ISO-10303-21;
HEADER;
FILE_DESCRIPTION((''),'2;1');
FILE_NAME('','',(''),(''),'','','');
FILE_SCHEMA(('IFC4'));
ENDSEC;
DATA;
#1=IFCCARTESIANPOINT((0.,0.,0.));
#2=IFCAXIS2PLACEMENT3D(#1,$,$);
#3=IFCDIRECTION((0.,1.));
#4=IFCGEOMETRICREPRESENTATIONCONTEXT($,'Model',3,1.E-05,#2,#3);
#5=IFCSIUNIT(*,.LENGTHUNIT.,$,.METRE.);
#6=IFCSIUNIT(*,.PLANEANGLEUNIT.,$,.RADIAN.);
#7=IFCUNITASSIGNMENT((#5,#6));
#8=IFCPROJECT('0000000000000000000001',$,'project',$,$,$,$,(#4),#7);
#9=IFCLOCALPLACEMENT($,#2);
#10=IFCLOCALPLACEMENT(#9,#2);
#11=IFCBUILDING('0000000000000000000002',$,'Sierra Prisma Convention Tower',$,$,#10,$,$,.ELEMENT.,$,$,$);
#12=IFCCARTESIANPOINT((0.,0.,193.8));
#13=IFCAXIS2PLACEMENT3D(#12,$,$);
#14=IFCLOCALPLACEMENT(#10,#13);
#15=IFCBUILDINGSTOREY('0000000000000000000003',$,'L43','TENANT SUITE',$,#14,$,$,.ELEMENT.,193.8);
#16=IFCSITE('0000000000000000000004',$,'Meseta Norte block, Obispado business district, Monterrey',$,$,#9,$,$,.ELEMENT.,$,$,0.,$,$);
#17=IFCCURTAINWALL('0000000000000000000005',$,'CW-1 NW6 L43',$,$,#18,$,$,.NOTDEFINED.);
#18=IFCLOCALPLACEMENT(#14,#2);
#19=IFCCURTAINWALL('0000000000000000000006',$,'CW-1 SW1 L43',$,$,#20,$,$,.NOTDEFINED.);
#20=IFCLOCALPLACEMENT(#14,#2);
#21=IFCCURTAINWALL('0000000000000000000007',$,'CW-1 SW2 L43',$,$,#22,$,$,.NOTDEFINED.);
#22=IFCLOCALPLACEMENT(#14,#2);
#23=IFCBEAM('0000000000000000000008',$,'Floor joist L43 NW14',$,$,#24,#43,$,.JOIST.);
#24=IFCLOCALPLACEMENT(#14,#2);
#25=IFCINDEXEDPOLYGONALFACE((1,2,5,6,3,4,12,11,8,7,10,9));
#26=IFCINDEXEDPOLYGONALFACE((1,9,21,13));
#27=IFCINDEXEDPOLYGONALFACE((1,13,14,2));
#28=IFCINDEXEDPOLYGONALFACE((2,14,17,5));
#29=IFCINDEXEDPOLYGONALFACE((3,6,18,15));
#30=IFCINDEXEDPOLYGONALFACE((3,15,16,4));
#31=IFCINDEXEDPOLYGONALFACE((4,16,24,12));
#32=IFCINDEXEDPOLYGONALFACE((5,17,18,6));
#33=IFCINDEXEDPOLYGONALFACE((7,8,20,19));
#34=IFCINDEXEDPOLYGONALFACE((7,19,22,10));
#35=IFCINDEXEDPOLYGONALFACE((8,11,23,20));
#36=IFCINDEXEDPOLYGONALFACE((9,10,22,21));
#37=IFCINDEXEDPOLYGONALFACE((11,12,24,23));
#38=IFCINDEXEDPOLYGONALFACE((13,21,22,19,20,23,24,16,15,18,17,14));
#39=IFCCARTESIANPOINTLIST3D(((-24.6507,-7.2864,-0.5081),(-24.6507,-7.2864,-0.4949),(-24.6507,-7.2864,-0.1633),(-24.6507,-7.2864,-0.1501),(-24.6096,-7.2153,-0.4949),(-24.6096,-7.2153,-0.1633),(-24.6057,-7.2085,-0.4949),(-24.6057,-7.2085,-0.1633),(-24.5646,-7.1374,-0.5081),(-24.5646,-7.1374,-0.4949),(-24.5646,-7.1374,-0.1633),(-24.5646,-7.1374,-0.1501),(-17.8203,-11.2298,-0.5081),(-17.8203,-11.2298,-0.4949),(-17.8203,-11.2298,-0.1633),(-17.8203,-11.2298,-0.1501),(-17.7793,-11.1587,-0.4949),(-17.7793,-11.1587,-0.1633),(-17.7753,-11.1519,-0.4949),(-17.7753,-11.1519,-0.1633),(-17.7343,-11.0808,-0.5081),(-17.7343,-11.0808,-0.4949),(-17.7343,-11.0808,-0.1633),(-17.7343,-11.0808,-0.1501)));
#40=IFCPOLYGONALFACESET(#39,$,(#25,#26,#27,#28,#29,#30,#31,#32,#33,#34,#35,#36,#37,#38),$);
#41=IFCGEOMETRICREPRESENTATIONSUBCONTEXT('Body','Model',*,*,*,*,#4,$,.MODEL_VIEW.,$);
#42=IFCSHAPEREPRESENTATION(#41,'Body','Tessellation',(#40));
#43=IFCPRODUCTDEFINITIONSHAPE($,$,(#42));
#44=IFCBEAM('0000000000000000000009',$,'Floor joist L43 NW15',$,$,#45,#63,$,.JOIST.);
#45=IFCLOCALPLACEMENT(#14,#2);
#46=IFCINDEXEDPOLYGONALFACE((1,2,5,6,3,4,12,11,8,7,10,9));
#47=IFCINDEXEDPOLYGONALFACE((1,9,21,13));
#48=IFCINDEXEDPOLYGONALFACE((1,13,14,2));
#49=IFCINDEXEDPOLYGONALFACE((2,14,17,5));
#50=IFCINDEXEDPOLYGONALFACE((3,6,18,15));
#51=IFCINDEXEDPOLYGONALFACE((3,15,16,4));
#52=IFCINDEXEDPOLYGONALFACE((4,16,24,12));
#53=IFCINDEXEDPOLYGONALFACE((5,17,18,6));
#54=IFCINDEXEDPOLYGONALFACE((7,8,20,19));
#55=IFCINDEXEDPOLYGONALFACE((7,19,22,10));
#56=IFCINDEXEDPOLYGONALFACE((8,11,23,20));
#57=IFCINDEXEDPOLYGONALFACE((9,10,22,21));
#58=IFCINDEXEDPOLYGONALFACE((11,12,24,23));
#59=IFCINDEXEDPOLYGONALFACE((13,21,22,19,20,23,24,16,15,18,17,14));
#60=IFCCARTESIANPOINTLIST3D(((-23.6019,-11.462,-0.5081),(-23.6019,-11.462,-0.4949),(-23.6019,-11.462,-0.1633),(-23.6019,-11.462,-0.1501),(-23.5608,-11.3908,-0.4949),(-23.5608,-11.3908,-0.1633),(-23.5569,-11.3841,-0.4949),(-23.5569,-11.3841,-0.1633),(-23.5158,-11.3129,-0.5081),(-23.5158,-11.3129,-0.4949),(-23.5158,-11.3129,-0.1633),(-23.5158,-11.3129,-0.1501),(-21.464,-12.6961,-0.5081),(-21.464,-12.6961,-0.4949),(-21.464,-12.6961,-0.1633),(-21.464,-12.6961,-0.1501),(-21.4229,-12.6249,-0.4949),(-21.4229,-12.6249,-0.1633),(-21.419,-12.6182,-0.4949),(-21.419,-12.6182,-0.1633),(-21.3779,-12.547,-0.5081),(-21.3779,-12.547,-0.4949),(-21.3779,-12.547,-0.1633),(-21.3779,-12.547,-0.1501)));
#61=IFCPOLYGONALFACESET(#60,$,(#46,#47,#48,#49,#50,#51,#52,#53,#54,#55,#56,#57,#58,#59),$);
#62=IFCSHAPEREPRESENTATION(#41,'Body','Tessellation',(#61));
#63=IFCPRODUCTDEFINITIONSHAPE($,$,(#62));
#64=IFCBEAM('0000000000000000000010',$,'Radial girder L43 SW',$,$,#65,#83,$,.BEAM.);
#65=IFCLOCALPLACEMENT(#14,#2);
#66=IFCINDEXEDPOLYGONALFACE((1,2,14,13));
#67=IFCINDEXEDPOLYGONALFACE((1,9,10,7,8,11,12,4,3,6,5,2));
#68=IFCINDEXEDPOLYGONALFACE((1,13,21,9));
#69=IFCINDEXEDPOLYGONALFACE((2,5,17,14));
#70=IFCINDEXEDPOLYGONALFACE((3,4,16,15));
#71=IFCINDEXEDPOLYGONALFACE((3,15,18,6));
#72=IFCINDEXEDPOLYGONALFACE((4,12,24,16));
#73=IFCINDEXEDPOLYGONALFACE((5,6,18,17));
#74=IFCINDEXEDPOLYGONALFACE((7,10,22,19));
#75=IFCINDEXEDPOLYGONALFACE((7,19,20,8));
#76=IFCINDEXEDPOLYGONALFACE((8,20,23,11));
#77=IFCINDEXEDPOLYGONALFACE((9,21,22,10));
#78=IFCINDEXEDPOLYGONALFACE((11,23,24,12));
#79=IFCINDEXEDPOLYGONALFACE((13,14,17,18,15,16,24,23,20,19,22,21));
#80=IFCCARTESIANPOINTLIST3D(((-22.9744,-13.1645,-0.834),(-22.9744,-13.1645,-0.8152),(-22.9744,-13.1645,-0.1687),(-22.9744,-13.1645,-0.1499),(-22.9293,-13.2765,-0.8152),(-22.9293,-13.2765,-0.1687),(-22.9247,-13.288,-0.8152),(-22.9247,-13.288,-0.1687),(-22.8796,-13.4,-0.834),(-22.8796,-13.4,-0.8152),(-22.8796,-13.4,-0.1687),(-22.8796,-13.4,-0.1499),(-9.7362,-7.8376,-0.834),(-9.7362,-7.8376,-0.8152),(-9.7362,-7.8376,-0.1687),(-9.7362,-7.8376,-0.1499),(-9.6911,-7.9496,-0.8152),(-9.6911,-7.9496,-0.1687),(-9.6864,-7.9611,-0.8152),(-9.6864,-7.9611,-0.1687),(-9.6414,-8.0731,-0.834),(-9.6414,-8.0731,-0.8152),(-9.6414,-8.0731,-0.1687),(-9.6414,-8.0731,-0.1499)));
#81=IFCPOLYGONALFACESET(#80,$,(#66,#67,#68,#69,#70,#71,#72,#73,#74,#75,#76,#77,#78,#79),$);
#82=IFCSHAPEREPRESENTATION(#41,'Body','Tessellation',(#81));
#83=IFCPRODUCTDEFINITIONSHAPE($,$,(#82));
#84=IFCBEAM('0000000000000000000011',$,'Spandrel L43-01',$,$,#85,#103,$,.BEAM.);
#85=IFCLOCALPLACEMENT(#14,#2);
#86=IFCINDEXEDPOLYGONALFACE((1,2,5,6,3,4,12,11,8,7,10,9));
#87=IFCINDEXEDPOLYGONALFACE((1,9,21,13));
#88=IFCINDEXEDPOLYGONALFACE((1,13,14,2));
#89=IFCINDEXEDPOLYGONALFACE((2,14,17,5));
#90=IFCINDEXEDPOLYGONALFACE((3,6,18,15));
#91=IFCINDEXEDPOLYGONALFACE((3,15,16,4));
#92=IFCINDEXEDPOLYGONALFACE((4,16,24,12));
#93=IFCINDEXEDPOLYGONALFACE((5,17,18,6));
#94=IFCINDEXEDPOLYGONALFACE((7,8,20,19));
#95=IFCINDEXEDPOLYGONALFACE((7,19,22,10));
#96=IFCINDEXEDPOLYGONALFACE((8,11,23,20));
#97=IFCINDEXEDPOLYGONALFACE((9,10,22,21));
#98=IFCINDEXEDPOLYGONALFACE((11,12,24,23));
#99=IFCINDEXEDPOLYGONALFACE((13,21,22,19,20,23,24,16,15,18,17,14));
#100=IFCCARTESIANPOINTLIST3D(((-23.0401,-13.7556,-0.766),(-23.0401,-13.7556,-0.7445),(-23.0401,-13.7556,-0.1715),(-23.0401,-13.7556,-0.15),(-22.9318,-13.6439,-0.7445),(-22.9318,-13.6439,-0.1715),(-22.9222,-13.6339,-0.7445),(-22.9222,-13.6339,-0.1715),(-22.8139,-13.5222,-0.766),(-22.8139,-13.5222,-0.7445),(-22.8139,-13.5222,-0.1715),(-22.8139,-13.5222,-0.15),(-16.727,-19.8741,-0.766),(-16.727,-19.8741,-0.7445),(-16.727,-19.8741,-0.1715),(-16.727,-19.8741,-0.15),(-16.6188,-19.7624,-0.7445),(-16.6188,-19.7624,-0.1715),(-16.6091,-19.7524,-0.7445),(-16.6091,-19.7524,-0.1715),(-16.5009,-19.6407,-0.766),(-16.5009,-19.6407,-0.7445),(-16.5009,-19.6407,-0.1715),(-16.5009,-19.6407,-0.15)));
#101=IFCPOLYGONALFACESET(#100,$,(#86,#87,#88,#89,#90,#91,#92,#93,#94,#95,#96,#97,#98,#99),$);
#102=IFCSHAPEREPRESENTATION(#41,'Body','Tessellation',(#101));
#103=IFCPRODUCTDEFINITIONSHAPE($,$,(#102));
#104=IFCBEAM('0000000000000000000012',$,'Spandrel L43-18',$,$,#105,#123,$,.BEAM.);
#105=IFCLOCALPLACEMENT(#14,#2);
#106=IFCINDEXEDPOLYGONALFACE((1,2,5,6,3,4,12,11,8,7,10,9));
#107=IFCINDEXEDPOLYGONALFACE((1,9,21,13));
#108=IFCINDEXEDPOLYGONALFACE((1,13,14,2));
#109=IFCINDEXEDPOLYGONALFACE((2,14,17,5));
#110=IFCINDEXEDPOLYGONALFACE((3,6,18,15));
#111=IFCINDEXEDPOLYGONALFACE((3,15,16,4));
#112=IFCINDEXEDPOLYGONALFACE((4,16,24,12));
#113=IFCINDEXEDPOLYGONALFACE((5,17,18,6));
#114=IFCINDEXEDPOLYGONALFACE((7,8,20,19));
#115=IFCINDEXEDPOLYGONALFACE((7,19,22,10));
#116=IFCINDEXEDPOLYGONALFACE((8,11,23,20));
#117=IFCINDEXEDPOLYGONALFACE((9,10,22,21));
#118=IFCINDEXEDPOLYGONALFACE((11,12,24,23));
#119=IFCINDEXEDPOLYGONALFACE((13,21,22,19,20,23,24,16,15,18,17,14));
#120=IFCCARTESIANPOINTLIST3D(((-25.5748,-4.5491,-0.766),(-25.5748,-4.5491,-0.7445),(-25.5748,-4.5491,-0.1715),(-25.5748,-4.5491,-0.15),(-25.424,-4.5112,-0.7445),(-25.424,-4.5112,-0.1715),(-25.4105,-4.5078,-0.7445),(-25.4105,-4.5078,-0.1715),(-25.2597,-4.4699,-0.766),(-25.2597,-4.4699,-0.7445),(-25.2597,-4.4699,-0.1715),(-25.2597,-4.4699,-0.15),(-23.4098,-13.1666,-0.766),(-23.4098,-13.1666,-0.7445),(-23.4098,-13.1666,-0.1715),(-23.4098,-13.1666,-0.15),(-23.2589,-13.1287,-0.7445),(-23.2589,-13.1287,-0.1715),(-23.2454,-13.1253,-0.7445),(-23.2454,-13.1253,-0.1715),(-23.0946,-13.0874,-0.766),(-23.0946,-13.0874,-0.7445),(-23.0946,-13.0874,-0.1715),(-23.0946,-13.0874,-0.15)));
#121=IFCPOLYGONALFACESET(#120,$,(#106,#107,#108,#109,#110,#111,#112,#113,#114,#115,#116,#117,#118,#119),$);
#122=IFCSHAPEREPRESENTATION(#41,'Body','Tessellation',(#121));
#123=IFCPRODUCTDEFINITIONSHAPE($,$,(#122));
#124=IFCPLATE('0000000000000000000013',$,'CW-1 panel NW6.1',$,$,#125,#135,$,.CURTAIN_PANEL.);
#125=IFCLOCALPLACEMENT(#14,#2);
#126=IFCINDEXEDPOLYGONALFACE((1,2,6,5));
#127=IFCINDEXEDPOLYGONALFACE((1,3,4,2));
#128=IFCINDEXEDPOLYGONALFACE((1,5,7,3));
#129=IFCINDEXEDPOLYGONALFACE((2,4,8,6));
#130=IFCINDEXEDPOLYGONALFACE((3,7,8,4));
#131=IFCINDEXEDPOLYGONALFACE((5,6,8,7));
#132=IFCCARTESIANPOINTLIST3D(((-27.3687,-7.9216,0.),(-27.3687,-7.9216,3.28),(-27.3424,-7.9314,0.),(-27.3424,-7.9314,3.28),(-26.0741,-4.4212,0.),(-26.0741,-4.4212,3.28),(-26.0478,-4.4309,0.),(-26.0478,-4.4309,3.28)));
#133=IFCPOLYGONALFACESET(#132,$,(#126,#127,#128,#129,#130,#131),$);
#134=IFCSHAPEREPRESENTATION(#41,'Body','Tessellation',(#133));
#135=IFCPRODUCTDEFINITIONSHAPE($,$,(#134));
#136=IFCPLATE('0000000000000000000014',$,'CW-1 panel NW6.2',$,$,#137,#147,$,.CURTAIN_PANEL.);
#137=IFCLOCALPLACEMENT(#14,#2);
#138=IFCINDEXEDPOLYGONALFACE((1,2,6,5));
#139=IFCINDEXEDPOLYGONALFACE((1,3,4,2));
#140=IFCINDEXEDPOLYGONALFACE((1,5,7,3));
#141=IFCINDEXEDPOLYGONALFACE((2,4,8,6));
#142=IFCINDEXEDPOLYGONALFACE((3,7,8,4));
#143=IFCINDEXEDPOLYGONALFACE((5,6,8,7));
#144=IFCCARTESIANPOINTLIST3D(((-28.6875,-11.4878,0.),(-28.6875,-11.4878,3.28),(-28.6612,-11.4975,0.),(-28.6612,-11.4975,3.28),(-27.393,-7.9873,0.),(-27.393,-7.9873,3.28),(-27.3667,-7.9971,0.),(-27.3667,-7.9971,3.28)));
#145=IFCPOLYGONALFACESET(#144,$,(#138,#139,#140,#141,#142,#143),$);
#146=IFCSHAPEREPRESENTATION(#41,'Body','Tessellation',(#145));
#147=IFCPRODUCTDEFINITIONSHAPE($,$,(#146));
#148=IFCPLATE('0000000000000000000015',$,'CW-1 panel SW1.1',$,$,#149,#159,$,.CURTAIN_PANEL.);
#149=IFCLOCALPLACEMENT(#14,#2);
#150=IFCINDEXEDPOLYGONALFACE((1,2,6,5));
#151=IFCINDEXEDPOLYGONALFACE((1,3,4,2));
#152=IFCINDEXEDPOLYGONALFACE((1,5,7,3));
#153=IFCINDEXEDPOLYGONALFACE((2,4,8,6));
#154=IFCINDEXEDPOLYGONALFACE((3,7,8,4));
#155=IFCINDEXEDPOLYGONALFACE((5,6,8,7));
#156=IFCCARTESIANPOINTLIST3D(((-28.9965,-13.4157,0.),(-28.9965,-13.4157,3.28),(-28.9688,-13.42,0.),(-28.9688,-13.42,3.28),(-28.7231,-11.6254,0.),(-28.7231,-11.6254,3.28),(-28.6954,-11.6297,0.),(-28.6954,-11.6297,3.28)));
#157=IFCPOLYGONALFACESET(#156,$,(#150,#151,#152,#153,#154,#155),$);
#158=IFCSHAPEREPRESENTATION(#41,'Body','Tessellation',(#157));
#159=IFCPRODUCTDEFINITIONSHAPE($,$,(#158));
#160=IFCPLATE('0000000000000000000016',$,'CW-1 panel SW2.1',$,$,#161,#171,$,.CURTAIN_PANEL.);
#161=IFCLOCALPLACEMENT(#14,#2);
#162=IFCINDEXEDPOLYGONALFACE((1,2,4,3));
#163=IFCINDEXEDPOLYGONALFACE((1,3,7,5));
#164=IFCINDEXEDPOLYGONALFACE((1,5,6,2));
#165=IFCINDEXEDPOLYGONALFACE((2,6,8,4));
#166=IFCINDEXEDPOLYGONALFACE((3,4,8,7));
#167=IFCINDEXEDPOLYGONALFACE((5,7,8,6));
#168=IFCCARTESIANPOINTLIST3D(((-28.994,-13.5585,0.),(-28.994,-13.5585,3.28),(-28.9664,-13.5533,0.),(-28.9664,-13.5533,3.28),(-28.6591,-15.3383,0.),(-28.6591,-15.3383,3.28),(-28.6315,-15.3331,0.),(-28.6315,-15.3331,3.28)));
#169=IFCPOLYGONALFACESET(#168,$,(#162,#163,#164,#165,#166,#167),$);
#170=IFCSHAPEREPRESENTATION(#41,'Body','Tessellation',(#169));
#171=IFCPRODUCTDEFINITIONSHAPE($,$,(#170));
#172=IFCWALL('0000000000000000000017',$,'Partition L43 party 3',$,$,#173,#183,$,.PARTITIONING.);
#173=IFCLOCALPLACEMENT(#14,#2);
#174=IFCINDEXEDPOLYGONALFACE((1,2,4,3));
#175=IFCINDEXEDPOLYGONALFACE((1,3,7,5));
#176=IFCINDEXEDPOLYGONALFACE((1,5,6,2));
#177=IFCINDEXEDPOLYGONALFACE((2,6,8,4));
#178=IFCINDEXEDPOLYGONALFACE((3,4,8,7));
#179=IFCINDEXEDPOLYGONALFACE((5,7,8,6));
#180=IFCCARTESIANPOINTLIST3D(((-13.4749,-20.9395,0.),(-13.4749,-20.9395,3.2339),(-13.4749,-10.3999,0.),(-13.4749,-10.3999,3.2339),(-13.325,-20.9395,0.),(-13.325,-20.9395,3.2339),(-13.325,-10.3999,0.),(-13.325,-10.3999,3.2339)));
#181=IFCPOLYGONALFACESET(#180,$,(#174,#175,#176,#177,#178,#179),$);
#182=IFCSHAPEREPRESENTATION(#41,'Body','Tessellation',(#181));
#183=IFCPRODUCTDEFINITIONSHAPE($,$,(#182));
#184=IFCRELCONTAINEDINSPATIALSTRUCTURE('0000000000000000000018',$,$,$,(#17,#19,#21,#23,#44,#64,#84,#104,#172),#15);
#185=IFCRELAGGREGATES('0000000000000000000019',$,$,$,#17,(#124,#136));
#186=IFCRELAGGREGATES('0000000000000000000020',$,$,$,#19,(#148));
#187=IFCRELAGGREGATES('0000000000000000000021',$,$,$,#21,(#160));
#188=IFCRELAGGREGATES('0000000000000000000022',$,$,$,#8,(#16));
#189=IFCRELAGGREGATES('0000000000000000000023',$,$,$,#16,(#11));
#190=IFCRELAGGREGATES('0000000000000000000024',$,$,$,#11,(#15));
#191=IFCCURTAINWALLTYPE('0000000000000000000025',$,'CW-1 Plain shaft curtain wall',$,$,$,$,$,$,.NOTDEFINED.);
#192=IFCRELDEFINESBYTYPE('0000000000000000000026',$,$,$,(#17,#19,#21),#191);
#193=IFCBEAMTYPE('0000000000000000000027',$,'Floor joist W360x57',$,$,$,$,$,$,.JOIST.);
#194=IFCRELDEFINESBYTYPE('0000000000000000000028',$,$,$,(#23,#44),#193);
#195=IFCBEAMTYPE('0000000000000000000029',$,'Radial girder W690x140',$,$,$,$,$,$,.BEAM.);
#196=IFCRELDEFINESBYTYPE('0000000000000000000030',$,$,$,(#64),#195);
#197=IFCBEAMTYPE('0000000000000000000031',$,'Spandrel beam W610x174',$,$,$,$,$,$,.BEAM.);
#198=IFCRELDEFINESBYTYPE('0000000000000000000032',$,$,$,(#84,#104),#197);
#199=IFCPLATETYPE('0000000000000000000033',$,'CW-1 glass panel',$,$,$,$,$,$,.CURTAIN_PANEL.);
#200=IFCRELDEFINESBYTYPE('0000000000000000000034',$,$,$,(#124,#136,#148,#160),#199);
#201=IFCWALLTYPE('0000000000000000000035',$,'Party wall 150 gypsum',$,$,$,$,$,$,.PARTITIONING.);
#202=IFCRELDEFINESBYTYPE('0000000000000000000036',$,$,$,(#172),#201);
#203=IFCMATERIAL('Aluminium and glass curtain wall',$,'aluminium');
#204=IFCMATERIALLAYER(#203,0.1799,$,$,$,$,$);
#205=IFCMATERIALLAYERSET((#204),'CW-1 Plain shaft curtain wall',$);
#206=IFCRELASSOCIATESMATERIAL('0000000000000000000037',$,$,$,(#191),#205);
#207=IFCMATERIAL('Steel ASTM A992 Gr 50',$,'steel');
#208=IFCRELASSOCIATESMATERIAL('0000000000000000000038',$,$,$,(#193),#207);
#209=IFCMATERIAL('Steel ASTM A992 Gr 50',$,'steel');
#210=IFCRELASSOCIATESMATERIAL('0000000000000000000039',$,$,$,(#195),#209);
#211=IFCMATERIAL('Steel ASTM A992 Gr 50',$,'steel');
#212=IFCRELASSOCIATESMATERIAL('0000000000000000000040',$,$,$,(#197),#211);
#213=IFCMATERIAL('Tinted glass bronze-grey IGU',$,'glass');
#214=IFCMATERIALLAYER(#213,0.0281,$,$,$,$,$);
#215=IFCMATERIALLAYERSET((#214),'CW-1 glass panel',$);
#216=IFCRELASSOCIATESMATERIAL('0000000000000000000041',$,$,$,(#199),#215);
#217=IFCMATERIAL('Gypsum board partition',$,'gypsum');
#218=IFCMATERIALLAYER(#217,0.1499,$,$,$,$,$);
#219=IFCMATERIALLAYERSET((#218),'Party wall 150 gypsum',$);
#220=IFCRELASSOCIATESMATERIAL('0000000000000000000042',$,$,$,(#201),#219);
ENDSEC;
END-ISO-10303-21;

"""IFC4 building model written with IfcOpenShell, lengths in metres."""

from ifc_helpers import new_model, si_unit, direction, frame, frame_2d, origin, origin_2d, place, context, subcontext, project, spatial, rectangle, i_section, extrude, material, layer, layer_set, material_profile, profile_set, type_object, element, aggregate, save


model = new_model("IFC4")

# Units and contexts
model_context = context("Model", 3, precision=1e-05, world=origin(), true_north=direction((0.0, 1.0)))
body_context = subcontext(model_context, "Body", "Model", "MODEL_VIEW")
ifc_project = project(units=[si_unit("LENGTHUNIT", "METRE"), si_unit("PLANEANGLEUNIT", "RADIAN")], contexts=[model_context])

# Site, building, storey
site_placement = place(None, origin())
site = spatial("IfcSite", under=ifc_project, at=site_placement, Name="Meseta Norte block, Obispado business district, Monterrey", CompositionType="ELEMENT", RefElevation=0.0)
building_placement = place(site_placement, origin())
building = spatial("IfcBuilding", under=site, at=building_placement, Name="Sierra Prisma Convention Tower", CompositionType="ELEMENT")
storey_placement = place(building_placement, frame((0.0, 0.0, 193.8)))
storey = spatial("IfcBuildingStorey", under=building, at=storey_placement, Name="L43", Description="TENANT SUITE", CompositionType="ELEMENT", Elevation=193.8)

# Curtain walls
ifc_material_1 = material(Name="Aluminium and glass curtain wall", Category="aluminium")
ifc_layer_1 = layer(ifc_material_1, 0.1799)
ifc_layer_set_1 = layer_set([ifc_layer_1], Name="CW-1 Plain shaft curtain wall")
curtain_wall_type = type_object("IfcCurtainWallType", Name="CW-1 Plain shaft curtain wall", PredefinedType="NOTDEFINED", material=ifc_layer_set_1)
curtain_wall_1_placement = place(storey_placement, origin())
curtain_wall_1 = element("IfcCurtainWall", 1, at=curtain_wall_1_placement, inside=storey, type_object=curtain_wall_type, Name="CW-1 NW6 L43", PredefinedType="NOTDEFINED")
curtain_wall_2_placement = place(storey_placement, origin())
curtain_wall_2 = element("IfcCurtainWall", 2, at=curtain_wall_2_placement, inside=storey, type_object=curtain_wall_type, Name="CW-1 SW1 L43", PredefinedType="NOTDEFINED")
curtain_wall_3_placement = place(storey_placement, origin())
curtain_wall_3 = element("IfcCurtainWall", 3, at=curtain_wall_3_placement, inside=storey, type_object=curtain_wall_type, Name="CW-1 SW2 L43", PredefinedType="NOTDEFINED")

# Beams
ifc_material_2 = material(Name="Steel ASTM A992 Gr 50", Category="steel")
ifc_material_profile_1 = material_profile(ifc_material_2, i_section(OverallWidth=0.1721, OverallDepth=0.3579, WebThickness=0.0078, FlangeThickness=0.0132, at=origin_2d()), Name="W360x57")
ifc_profile_set_1 = profile_set([ifc_material_profile_1], Name="Steel ASTM A992 Gr 50")
beam_type_1 = type_object("IfcBeamType", Name="Floor joist W360x57", PredefinedType="JOIST", material=ifc_profile_set_1)
beam_1_placement = place(storey_placement, frame((-24.6077, -7.2119, -0.3291), z_axis=(0.866032, -0.499988, 0.0), x_axis=(0.499988, 0.866032, 0.0)))
element("IfcBeam", 4, at=beam_1_placement, inside=storey, type_object=beam_type_1, Name="Floor joist L43 NW14", PredefinedType="JOIST", context=body_context, shape_type="SweptSolid", body=[
    extrude(i_section(OverallWidth=0.1721, OverallDepth=0.3579, WebThickness=0.0078, FlangeThickness=0.0132, at=origin_2d()), origin(), (0.0, 0.0, 1.0), 7.887),
])
beam_2_placement = place(storey_placement, frame((-23.5588, -11.3875, -0.3291), z_axis=(0.866062, -0.499936, 0.0), x_axis=(0.499936, 0.866062, 0.0)))
element("IfcBeam", 5, at=beam_2_placement, inside=storey, type_object=beam_type_1, Name="Floor joist L43 NW15", PredefinedType="JOIST", context=body_context, shape_type="SweptSolid", body=[
    extrude(i_section(OverallWidth=0.1721, OverallDepth=0.3579, WebThickness=0.0078, FlangeThickness=0.0132, at=origin_2d()), origin(), (0.0, 0.0, 1.0), 2.4685),
])
ifc_material_3 = material(Name="Steel ASTM A992 Gr 50", Category="steel")
ifc_material_profile_2 = material_profile(ifc_material_3, i_section(OverallWidth=0.2539, OverallDepth=0.6841, WebThickness=0.0125, FlangeThickness=0.0188, at=origin_2d()), Name="W690x140")
ifc_profile_set_2 = profile_set([ifc_material_profile_2], Name="Steel ASTM A992 Gr 50")
beam_type_2 = type_object("IfcBeamType", Name="Radial girder W690x140", PredefinedType="BEAM", material=ifc_profile_set_2)
beam_3_placement = place(storey_placement, frame((-22.927, -13.2822, -0.4919), z_axis=(0.927711, 0.373298, 0.0), x_axis=(-0.373298, 0.927711, 0.0)))
element("IfcBeam", 6, at=beam_3_placement, inside=storey, type_object=beam_type_2, Name="Radial girder L43 SW", PredefinedType="BEAM", context=body_context, shape_type="SweptSolid", body=[
    extrude(i_section(OverallWidth=0.2539, OverallDepth=0.6841, WebThickness=0.0125, FlangeThickness=0.0188, at=origin_2d()), origin(), (0.0, 0.0, 1.0), 14.2698),
])
ifc_material_4 = material(Name="Steel ASTM A992 Gr 50", Category="steel")
ifc_material_profile_3 = material_profile(ifc_material_4, i_section(OverallWidth=0.325, OverallDepth=0.616, WebThickness=0.0139, FlangeThickness=0.0215, at=origin_2d()), Name="W610x174")
ifc_profile_set_3 = profile_set([ifc_material_profile_3], Name="Steel ASTM A992 Gr 50")
beam_type_3 = type_object("IfcBeamType", Name="Spandrel beam W610x174", PredefinedType="BEAM", material=ifc_profile_set_3)
beam_4_placement = place(storey_placement, frame((-22.927, -13.6389, -0.458), z_axis=(0.718087, -0.695954, 0.0), x_axis=(0.695954, 0.718087, 0.0)))
element("IfcBeam", 7, at=beam_4_placement, inside=storey, type_object=beam_type_3, Name="Spandrel L43-01", PredefinedType="BEAM", context=body_context, shape_type="SweptSolid", body=[
    extrude(i_section(OverallWidth=0.325, OverallDepth=0.616, WebThickness=0.0139, FlangeThickness=0.0215, at=origin_2d()), origin(), (0.0, 0.0, 1.0), 8.7915),
])
beam_5_placement = place(storey_placement, frame((-25.4172, -4.5095, -0.458), z_axis=(0.243667, -0.969859, 0.0), x_axis=(0.969859, 0.243667, 0.0)))
element("IfcBeam", 8, at=beam_5_placement, inside=storey, type_object=beam_type_3, Name="Spandrel L43-18", PredefinedType="BEAM", context=body_context, shape_type="SweptSolid", body=[
    extrude(i_section(OverallWidth=0.325, OverallDepth=0.616, WebThickness=0.0139, FlangeThickness=0.0215, at=origin_2d()), origin(), (0.0, 0.0, 1.0), 8.8853),
])

# Plates
ifc_material_5 = material(Name="Tinted glass bronze-grey IGU", Category="glass")
ifc_layer_2 = layer(ifc_material_5, 0.0281)
ifc_layer_set_2 = layer_set([ifc_layer_2], Name="CW-1 glass panel")
plate_type = type_object("IfcPlateType", Name="CW-1 glass panel", PredefinedType="CURTAIN_PANEL", material=ifc_layer_set_2)
plate_1_placement = place(storey_placement, frame((-26.7083, -6.1763, 0.0), z_axis=(0.0, 0.0, 1.0), x_axis=(-0.346866, -0.937915, 0.0)))
plate_1 = element("IfcPlate", 9, at=plate_1_placement, type_object=plate_type, Name="CW-1 panel NW6.1", PredefinedType="CURTAIN_PANEL", context=body_context, shape_type="SweptSolid", body=[
    extrude(rectangle(XDim=3.7322, YDim=0.0281, at=origin_2d()), origin(), (0.0, 0.0, 1.0), 3.28),
])
plate_2_placement = place(storey_placement, frame((-28.0271, -9.7424, 0.0), z_axis=(0.0, 0.0, 1.0), x_axis=(-0.346866, -0.937915, 0.0)))
plate_2 = element("IfcPlate", 10, at=plate_2_placement, type_object=plate_type, Name="CW-1 panel NW6.2", PredefinedType="CURTAIN_PANEL", context=body_context, shape_type="SweptSolid", body=[
    extrude(rectangle(XDim=3.7322, YDim=0.0281, at=origin_2d()), origin(), (0.0, 0.0, 1.0), 3.28),
])
aggregate(curtain_wall_1, [plate_1, plate_2])
plate_3_placement = place(storey_placement, frame((-28.8459, -12.5227, 0.0), z_axis=(0.0, 0.0, 1.0), x_axis=(-0.150983, -0.988536, 0.0)))
plate_3 = element("IfcPlate", 11, at=plate_3_placement, type_object=plate_type, Name="CW-1 panel SW1.1", PredefinedType="CURTAIN_PANEL", context=body_context, shape_type="SweptSolid", body=[
    extrude(rectangle(XDim=1.811, YDim=0.0281, at=origin_2d()), origin(), (0.0, 0.0, 1.0), 3.28),
])
aggregate(curtain_wall_2, [plate_3])
plate_4_placement = place(storey_placement, frame((-28.8127, -14.4458, 0.0), z_axis=(0.0, 0.0, 1.0), x_axis=(0.184947, -0.982748, 0.0)))
plate_4 = element("IfcPlate", 12, at=plate_4_placement, type_object=plate_type, Name="CW-1 panel SW2.1", PredefinedType="CURTAIN_PANEL", context=body_context, shape_type="SweptSolid", body=[
    extrude(rectangle(XDim=1.811, YDim=0.0281, at=origin_2d()), origin(), (0.0, 0.0, 1.0), 3.28),
])
aggregate(curtain_wall_3, [plate_4])

# Wall
ifc_material_6 = material(Name="Gypsum board partition", Category="gypsum")
ifc_layer_3 = layer(ifc_material_6, 0.1499)
ifc_layer_set_3 = layer_set([ifc_layer_3], Name="Party wall 150 gypsum")
wall_type = type_object("IfcWallType", Name="Party wall 150 gypsum", PredefinedType="PARTITIONING", material=ifc_layer_set_3)
wall_placement = place(storey_placement, frame((-13.3999, -10.3999, 0.0), z_axis=(0.0, 0.0, 1.0), x_axis=(0.0, -1.0, 0.0)))
element("IfcWall", 13, at=wall_placement, inside=storey, type_object=wall_type, Name="Partition L43 party 3", PredefinedType="PARTITIONING", context=body_context, shape_type="SweptSolid", body=[
    extrude(rectangle(XDim=10.5396, YDim=0.1499, at=frame_2d((5.2698, 0.0))), origin(), (0.0, 0.0, 1.0), 3.2339),
])

save(model, "model.ifc")
